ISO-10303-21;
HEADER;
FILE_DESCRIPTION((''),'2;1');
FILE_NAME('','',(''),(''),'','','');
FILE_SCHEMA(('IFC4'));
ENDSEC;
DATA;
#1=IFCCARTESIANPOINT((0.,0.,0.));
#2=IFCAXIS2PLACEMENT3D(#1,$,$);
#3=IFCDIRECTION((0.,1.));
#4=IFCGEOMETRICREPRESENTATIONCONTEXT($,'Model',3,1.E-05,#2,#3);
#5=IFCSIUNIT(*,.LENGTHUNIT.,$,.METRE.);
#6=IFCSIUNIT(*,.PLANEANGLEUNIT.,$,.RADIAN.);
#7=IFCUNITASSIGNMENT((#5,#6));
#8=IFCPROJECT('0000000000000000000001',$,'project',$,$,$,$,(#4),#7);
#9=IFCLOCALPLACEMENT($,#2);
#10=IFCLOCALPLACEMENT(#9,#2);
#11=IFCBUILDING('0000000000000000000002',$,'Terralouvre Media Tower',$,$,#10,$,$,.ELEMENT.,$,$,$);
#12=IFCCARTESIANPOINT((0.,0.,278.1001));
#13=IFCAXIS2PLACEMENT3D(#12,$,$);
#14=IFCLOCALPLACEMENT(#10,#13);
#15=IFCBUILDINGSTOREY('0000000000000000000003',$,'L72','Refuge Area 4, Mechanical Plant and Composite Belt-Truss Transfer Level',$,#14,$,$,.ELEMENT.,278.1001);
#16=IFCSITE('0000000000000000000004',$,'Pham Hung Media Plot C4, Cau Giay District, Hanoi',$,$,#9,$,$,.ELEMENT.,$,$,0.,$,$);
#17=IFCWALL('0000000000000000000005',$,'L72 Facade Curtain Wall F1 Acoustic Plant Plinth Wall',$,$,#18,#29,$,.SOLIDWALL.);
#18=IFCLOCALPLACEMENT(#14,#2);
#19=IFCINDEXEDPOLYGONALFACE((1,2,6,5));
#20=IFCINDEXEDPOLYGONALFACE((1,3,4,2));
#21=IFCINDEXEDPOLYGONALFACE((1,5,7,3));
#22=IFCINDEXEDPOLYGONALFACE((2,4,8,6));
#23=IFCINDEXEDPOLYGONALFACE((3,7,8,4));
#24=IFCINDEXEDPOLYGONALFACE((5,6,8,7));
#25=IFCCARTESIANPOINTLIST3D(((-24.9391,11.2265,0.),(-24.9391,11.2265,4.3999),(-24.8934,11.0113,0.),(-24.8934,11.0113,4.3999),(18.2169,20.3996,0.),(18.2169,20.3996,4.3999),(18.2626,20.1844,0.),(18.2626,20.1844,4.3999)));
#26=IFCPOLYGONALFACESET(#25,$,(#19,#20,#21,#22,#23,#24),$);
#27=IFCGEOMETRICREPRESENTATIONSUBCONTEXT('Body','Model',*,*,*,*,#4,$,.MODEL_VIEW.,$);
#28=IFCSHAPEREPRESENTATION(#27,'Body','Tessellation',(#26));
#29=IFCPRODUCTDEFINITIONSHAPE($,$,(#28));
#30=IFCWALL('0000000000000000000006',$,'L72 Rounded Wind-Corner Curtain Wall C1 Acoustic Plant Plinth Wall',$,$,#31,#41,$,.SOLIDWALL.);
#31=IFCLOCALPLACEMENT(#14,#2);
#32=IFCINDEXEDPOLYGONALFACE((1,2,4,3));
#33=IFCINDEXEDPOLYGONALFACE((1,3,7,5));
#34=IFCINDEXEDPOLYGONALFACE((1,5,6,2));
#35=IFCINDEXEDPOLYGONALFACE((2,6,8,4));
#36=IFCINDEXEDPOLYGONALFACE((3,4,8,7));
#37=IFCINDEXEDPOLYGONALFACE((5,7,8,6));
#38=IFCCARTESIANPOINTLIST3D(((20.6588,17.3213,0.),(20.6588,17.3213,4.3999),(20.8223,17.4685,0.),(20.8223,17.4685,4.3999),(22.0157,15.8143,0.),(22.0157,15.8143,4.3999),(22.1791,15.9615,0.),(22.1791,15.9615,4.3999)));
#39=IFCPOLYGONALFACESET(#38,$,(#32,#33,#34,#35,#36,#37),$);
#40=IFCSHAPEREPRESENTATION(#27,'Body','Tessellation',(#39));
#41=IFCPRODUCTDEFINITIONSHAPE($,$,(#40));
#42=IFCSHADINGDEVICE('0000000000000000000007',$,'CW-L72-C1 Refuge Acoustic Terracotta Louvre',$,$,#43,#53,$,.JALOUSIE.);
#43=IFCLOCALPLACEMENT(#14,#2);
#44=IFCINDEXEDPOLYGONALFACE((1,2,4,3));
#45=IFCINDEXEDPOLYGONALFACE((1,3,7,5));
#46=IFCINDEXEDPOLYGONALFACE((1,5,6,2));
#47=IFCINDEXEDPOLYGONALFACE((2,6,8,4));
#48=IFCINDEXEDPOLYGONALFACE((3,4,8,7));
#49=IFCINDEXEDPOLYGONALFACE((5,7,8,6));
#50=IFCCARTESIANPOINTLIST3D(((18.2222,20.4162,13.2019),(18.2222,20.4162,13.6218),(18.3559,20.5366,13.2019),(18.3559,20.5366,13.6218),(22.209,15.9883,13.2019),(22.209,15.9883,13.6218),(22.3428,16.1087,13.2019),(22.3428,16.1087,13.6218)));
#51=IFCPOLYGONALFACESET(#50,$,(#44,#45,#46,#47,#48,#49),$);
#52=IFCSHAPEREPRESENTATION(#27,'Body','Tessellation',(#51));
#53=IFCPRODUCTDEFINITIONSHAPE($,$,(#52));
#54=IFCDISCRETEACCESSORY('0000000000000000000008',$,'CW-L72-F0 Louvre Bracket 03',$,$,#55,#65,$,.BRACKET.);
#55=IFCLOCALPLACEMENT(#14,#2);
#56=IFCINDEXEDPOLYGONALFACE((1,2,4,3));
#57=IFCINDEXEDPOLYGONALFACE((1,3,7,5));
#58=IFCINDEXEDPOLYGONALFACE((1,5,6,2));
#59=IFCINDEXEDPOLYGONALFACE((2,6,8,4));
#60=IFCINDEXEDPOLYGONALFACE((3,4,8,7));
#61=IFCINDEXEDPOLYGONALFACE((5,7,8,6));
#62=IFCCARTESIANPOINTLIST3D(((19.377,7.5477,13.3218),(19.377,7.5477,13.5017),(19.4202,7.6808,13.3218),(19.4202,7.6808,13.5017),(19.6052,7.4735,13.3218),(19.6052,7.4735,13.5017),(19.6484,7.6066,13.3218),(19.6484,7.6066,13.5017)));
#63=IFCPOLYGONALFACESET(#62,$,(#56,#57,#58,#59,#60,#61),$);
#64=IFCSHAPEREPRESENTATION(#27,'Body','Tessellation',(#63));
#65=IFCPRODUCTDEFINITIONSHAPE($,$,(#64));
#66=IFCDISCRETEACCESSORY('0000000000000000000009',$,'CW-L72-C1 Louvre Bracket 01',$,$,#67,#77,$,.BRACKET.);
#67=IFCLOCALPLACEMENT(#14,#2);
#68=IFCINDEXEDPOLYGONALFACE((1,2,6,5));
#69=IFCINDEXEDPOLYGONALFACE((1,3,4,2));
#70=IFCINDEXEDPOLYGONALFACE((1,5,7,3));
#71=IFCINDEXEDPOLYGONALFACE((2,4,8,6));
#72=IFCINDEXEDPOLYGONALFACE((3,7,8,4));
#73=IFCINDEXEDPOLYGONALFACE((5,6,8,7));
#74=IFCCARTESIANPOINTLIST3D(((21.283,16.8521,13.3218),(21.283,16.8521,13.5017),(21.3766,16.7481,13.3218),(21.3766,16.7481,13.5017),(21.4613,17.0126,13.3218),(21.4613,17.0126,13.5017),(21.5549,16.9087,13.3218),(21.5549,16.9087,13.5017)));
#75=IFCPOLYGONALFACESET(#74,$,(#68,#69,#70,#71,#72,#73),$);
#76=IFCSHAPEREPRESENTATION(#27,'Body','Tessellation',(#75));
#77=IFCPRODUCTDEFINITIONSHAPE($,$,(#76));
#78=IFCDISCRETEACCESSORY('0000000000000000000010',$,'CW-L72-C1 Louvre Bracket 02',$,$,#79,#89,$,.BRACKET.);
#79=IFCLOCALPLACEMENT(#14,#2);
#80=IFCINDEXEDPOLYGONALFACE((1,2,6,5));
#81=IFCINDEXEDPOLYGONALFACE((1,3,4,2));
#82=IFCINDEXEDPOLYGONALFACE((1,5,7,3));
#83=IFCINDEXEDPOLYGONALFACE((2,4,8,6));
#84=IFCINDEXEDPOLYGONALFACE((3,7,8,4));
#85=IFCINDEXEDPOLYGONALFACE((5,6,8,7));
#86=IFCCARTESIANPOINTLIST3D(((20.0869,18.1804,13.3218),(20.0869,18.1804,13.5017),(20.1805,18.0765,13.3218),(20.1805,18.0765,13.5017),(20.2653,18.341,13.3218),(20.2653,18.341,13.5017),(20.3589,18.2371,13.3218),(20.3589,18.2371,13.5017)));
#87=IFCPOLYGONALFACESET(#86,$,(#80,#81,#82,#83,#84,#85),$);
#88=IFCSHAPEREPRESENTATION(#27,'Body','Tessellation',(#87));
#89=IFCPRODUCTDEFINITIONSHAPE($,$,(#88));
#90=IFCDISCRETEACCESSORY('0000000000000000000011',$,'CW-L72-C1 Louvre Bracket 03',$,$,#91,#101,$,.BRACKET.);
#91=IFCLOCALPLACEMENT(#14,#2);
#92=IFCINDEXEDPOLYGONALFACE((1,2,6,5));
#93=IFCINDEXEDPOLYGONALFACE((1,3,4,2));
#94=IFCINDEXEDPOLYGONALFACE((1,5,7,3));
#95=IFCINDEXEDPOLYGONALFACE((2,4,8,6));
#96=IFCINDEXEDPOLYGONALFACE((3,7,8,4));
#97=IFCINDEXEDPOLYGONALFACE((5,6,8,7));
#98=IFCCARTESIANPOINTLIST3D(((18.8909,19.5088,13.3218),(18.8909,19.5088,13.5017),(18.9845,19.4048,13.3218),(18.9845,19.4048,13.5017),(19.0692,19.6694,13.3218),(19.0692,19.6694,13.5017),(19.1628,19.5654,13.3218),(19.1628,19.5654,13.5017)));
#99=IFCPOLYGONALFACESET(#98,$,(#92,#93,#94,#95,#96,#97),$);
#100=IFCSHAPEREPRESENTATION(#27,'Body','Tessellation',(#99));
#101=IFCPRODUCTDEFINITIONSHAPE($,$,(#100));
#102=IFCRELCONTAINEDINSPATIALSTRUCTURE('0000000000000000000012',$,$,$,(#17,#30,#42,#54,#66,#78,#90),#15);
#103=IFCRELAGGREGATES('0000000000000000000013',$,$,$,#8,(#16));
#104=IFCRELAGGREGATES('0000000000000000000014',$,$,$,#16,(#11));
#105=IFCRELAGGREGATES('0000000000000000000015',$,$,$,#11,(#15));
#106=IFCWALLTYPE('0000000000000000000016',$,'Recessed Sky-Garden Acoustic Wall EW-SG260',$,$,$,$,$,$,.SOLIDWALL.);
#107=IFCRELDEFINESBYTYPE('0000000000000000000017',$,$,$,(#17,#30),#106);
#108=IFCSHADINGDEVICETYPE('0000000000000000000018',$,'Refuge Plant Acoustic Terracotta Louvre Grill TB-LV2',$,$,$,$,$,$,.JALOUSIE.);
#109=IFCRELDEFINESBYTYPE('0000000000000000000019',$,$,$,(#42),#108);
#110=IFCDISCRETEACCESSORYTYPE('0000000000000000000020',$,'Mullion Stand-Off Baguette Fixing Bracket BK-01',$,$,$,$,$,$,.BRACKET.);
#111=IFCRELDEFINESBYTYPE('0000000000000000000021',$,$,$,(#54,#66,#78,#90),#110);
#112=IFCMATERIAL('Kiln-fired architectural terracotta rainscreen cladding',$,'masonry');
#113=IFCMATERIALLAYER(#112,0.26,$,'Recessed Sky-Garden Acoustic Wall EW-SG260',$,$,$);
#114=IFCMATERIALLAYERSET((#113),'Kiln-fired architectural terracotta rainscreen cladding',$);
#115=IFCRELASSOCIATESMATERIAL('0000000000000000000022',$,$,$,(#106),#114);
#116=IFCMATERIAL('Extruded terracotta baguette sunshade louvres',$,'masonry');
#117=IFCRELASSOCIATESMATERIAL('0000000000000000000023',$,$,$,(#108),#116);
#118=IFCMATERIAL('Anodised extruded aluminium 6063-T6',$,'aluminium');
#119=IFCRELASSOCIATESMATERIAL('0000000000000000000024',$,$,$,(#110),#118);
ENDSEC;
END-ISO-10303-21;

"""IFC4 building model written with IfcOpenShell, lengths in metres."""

from ifc_helpers import new_model, si_unit, direction, frame, frame_2d, origin, origin_2d, place, context, subcontext, project, spatial, rectangle, extrude, material, layer, layer_set, type_object, element, save


model = new_model("IFC4")

# Units and contexts
model_context = context("Model", 3, precision=1e-05, world=origin(), true_north=direction((0.0, 1.0)))
body_context = subcontext(model_context, "Body", "Model", "MODEL_VIEW")
ifc_project = project(units=[si_unit("LENGTHUNIT", "METRE"), si_unit("PLANEANGLEUNIT", "RADIAN")], contexts=[model_context])

# Site, building, storey
site_placement = place(None, origin())
site = spatial("IfcSite", under=ifc_project, at=site_placement, Name="Pham Hung Media Plot C4, Cau Giay District, Hanoi", CompositionType="ELEMENT", RefElevation=0.0)
building_placement = place(site_placement, origin())
building = spatial("IfcBuilding", under=site, at=building_placement, Name="Terralouvre Media Tower", CompositionType="ELEMENT")
storey_placement = place(building_placement, frame((0.0, 0.0, 278.1001)))
storey = spatial("IfcBuildingStorey", under=building, at=storey_placement, Name="L72", Description="Refuge Area 4, Mechanical Plant and Composite Belt-Truss Transfer Level", CompositionType="ELEMENT", Elevation=278.1001)

# Walls
ifc_material_1 = material(Name="Kiln-fired architectural terracotta rainscreen cladding", Category="masonry")
ifc_layer_1 = layer(ifc_material_1, 0.26, Name="Recessed Sky-Garden Acoustic Wall EW-SG260")
ifc_layer_set_1 = layer_set([ifc_layer_1], Name="Kiln-fired architectural terracotta rainscreen cladding")
wall_type_1 = type_object("IfcWallType", Name="Recessed Sky-Garden Acoustic Wall EW-SG260", PredefinedType="SOLIDWALL", material=ifc_layer_set_1)
wall_1_placement = place(storey_placement, frame((18.2397, 20.292, 0.0), z_axis=(0.0, 0.0, 1.0), x_axis=(-0.978148, -0.207912, 0.0)))
element("IfcWall", 1, at=wall_1_placement, inside=storey, type_object=wall_type_1, Name="L72 Facade Curtain Wall F1 Acoustic Plant Plinth Wall", PredefinedType="SOLIDWALL", context=body_context, shape_type="SweptSolid", body=[
    extrude(rectangle(XDim=44.1201, YDim=0.22, at=frame_2d((22.0601, 0.0))), origin(), (0.0, 0.0, 1.0), 4.3999),
])
wall_2_placement = place(storey_placement, frame((22.0974, 15.8879, 0.0), z_axis=(0.0, 0.0, 1.0), x_axis=(-0.669118, 0.743156, 0.0)))
element("IfcWall", 2, at=wall_2_placement, inside=storey, type_object=wall_type_1, Name="L72 Rounded Wind-Corner Curtain Wall C1 Acoustic Plant Plinth Wall", PredefinedType="SOLIDWALL", context=body_context, shape_type="SweptSolid", body=[
    extrude(rectangle(XDim=2.0278, YDim=0.22, at=frame_2d((1.0139, 0.0))), origin(), (0.0, 0.0, 1.0), 4.3999),
])

# Shading device
ifc_material_2 = material(Name="Extruded terracotta baguette sunshade louvres", Category="masonry")
shading_device_type = type_object("IfcShadingDeviceType", Name="Refuge Plant Acoustic Terracotta Louvre Grill TB-LV2", PredefinedType="JALOUSIE", material=ifc_material_2)
shading_device_placement = place(storey_placement, frame((20.2825, 18.2625, 13.2019), z_axis=(0.0, 0.0, 1.0), x_axis=(-0.66913, 0.743145, 0.0)))
element("IfcShadingDevice", 3, at=shading_device_placement, inside=storey, type_object=shading_device_type, Name="CW-L72-C1 Refuge Acoustic Terracotta Louvre", PredefinedType="JALOUSIE", context=body_context, shape_type="SweptSolid", body=[
    extrude(rectangle(XDim=5.9583, YDim=0.1799, at=origin_2d()), origin(), (0.0, 0.0, 1.0), 0.4199),
])

# Discrete accessories
ifc_material_3 = material(Name="Anodised extruded aluminium 6063-T6", Category="aluminium")
discrete_accessory_type = type_object("IfcDiscreteAccessoryType", Name="Mullion Stand-Off Baguette Fixing Bracket BK-01", PredefinedType="BRACKET", material=ifc_material_3)
for number, where, z_axis, x_axis, name in (
    (4, (19.5127, 7.5771, 13.3218), (0.0, 0.0, 1.0), (0.309017, 0.951057, 0.0), "CW-L72-F0 Louvre Bracket 03"),
    (5, (21.4189, 16.8804, 13.3218), (0.0, 0.0, 1.0), (-0.66913, 0.743145, 0.0), "CW-L72-C1 Louvre Bracket 01"),
    (6, (20.2229, 18.2087, 13.3218), (0.0, 0.0, 1.0), (-0.66913, 0.743145, 0.0), "CW-L72-C1 Louvre Bracket 02"),
    (7, (19.0269, 19.5371, 13.3218), (0.0, 0.0, 1.0), (-0.66913, 0.743145, 0.0), "CW-L72-C1 Louvre Bracket 03"),
):
    element("IfcDiscreteAccessory", number, at=place(storey_placement, frame(where, z_axis=z_axis, x_axis=x_axis)), inside=storey, type_object=discrete_accessory_type, Name=name, PredefinedType="BRACKET", context=body_context, shape_type="SweptSolid", body=[
        extrude(rectangle(XDim=0.1399, YDim=0.24, at=origin_2d()), origin(), (0.0, 0.0, 1.0), 0.1799),
    ])

save(model, "model.ifc")
